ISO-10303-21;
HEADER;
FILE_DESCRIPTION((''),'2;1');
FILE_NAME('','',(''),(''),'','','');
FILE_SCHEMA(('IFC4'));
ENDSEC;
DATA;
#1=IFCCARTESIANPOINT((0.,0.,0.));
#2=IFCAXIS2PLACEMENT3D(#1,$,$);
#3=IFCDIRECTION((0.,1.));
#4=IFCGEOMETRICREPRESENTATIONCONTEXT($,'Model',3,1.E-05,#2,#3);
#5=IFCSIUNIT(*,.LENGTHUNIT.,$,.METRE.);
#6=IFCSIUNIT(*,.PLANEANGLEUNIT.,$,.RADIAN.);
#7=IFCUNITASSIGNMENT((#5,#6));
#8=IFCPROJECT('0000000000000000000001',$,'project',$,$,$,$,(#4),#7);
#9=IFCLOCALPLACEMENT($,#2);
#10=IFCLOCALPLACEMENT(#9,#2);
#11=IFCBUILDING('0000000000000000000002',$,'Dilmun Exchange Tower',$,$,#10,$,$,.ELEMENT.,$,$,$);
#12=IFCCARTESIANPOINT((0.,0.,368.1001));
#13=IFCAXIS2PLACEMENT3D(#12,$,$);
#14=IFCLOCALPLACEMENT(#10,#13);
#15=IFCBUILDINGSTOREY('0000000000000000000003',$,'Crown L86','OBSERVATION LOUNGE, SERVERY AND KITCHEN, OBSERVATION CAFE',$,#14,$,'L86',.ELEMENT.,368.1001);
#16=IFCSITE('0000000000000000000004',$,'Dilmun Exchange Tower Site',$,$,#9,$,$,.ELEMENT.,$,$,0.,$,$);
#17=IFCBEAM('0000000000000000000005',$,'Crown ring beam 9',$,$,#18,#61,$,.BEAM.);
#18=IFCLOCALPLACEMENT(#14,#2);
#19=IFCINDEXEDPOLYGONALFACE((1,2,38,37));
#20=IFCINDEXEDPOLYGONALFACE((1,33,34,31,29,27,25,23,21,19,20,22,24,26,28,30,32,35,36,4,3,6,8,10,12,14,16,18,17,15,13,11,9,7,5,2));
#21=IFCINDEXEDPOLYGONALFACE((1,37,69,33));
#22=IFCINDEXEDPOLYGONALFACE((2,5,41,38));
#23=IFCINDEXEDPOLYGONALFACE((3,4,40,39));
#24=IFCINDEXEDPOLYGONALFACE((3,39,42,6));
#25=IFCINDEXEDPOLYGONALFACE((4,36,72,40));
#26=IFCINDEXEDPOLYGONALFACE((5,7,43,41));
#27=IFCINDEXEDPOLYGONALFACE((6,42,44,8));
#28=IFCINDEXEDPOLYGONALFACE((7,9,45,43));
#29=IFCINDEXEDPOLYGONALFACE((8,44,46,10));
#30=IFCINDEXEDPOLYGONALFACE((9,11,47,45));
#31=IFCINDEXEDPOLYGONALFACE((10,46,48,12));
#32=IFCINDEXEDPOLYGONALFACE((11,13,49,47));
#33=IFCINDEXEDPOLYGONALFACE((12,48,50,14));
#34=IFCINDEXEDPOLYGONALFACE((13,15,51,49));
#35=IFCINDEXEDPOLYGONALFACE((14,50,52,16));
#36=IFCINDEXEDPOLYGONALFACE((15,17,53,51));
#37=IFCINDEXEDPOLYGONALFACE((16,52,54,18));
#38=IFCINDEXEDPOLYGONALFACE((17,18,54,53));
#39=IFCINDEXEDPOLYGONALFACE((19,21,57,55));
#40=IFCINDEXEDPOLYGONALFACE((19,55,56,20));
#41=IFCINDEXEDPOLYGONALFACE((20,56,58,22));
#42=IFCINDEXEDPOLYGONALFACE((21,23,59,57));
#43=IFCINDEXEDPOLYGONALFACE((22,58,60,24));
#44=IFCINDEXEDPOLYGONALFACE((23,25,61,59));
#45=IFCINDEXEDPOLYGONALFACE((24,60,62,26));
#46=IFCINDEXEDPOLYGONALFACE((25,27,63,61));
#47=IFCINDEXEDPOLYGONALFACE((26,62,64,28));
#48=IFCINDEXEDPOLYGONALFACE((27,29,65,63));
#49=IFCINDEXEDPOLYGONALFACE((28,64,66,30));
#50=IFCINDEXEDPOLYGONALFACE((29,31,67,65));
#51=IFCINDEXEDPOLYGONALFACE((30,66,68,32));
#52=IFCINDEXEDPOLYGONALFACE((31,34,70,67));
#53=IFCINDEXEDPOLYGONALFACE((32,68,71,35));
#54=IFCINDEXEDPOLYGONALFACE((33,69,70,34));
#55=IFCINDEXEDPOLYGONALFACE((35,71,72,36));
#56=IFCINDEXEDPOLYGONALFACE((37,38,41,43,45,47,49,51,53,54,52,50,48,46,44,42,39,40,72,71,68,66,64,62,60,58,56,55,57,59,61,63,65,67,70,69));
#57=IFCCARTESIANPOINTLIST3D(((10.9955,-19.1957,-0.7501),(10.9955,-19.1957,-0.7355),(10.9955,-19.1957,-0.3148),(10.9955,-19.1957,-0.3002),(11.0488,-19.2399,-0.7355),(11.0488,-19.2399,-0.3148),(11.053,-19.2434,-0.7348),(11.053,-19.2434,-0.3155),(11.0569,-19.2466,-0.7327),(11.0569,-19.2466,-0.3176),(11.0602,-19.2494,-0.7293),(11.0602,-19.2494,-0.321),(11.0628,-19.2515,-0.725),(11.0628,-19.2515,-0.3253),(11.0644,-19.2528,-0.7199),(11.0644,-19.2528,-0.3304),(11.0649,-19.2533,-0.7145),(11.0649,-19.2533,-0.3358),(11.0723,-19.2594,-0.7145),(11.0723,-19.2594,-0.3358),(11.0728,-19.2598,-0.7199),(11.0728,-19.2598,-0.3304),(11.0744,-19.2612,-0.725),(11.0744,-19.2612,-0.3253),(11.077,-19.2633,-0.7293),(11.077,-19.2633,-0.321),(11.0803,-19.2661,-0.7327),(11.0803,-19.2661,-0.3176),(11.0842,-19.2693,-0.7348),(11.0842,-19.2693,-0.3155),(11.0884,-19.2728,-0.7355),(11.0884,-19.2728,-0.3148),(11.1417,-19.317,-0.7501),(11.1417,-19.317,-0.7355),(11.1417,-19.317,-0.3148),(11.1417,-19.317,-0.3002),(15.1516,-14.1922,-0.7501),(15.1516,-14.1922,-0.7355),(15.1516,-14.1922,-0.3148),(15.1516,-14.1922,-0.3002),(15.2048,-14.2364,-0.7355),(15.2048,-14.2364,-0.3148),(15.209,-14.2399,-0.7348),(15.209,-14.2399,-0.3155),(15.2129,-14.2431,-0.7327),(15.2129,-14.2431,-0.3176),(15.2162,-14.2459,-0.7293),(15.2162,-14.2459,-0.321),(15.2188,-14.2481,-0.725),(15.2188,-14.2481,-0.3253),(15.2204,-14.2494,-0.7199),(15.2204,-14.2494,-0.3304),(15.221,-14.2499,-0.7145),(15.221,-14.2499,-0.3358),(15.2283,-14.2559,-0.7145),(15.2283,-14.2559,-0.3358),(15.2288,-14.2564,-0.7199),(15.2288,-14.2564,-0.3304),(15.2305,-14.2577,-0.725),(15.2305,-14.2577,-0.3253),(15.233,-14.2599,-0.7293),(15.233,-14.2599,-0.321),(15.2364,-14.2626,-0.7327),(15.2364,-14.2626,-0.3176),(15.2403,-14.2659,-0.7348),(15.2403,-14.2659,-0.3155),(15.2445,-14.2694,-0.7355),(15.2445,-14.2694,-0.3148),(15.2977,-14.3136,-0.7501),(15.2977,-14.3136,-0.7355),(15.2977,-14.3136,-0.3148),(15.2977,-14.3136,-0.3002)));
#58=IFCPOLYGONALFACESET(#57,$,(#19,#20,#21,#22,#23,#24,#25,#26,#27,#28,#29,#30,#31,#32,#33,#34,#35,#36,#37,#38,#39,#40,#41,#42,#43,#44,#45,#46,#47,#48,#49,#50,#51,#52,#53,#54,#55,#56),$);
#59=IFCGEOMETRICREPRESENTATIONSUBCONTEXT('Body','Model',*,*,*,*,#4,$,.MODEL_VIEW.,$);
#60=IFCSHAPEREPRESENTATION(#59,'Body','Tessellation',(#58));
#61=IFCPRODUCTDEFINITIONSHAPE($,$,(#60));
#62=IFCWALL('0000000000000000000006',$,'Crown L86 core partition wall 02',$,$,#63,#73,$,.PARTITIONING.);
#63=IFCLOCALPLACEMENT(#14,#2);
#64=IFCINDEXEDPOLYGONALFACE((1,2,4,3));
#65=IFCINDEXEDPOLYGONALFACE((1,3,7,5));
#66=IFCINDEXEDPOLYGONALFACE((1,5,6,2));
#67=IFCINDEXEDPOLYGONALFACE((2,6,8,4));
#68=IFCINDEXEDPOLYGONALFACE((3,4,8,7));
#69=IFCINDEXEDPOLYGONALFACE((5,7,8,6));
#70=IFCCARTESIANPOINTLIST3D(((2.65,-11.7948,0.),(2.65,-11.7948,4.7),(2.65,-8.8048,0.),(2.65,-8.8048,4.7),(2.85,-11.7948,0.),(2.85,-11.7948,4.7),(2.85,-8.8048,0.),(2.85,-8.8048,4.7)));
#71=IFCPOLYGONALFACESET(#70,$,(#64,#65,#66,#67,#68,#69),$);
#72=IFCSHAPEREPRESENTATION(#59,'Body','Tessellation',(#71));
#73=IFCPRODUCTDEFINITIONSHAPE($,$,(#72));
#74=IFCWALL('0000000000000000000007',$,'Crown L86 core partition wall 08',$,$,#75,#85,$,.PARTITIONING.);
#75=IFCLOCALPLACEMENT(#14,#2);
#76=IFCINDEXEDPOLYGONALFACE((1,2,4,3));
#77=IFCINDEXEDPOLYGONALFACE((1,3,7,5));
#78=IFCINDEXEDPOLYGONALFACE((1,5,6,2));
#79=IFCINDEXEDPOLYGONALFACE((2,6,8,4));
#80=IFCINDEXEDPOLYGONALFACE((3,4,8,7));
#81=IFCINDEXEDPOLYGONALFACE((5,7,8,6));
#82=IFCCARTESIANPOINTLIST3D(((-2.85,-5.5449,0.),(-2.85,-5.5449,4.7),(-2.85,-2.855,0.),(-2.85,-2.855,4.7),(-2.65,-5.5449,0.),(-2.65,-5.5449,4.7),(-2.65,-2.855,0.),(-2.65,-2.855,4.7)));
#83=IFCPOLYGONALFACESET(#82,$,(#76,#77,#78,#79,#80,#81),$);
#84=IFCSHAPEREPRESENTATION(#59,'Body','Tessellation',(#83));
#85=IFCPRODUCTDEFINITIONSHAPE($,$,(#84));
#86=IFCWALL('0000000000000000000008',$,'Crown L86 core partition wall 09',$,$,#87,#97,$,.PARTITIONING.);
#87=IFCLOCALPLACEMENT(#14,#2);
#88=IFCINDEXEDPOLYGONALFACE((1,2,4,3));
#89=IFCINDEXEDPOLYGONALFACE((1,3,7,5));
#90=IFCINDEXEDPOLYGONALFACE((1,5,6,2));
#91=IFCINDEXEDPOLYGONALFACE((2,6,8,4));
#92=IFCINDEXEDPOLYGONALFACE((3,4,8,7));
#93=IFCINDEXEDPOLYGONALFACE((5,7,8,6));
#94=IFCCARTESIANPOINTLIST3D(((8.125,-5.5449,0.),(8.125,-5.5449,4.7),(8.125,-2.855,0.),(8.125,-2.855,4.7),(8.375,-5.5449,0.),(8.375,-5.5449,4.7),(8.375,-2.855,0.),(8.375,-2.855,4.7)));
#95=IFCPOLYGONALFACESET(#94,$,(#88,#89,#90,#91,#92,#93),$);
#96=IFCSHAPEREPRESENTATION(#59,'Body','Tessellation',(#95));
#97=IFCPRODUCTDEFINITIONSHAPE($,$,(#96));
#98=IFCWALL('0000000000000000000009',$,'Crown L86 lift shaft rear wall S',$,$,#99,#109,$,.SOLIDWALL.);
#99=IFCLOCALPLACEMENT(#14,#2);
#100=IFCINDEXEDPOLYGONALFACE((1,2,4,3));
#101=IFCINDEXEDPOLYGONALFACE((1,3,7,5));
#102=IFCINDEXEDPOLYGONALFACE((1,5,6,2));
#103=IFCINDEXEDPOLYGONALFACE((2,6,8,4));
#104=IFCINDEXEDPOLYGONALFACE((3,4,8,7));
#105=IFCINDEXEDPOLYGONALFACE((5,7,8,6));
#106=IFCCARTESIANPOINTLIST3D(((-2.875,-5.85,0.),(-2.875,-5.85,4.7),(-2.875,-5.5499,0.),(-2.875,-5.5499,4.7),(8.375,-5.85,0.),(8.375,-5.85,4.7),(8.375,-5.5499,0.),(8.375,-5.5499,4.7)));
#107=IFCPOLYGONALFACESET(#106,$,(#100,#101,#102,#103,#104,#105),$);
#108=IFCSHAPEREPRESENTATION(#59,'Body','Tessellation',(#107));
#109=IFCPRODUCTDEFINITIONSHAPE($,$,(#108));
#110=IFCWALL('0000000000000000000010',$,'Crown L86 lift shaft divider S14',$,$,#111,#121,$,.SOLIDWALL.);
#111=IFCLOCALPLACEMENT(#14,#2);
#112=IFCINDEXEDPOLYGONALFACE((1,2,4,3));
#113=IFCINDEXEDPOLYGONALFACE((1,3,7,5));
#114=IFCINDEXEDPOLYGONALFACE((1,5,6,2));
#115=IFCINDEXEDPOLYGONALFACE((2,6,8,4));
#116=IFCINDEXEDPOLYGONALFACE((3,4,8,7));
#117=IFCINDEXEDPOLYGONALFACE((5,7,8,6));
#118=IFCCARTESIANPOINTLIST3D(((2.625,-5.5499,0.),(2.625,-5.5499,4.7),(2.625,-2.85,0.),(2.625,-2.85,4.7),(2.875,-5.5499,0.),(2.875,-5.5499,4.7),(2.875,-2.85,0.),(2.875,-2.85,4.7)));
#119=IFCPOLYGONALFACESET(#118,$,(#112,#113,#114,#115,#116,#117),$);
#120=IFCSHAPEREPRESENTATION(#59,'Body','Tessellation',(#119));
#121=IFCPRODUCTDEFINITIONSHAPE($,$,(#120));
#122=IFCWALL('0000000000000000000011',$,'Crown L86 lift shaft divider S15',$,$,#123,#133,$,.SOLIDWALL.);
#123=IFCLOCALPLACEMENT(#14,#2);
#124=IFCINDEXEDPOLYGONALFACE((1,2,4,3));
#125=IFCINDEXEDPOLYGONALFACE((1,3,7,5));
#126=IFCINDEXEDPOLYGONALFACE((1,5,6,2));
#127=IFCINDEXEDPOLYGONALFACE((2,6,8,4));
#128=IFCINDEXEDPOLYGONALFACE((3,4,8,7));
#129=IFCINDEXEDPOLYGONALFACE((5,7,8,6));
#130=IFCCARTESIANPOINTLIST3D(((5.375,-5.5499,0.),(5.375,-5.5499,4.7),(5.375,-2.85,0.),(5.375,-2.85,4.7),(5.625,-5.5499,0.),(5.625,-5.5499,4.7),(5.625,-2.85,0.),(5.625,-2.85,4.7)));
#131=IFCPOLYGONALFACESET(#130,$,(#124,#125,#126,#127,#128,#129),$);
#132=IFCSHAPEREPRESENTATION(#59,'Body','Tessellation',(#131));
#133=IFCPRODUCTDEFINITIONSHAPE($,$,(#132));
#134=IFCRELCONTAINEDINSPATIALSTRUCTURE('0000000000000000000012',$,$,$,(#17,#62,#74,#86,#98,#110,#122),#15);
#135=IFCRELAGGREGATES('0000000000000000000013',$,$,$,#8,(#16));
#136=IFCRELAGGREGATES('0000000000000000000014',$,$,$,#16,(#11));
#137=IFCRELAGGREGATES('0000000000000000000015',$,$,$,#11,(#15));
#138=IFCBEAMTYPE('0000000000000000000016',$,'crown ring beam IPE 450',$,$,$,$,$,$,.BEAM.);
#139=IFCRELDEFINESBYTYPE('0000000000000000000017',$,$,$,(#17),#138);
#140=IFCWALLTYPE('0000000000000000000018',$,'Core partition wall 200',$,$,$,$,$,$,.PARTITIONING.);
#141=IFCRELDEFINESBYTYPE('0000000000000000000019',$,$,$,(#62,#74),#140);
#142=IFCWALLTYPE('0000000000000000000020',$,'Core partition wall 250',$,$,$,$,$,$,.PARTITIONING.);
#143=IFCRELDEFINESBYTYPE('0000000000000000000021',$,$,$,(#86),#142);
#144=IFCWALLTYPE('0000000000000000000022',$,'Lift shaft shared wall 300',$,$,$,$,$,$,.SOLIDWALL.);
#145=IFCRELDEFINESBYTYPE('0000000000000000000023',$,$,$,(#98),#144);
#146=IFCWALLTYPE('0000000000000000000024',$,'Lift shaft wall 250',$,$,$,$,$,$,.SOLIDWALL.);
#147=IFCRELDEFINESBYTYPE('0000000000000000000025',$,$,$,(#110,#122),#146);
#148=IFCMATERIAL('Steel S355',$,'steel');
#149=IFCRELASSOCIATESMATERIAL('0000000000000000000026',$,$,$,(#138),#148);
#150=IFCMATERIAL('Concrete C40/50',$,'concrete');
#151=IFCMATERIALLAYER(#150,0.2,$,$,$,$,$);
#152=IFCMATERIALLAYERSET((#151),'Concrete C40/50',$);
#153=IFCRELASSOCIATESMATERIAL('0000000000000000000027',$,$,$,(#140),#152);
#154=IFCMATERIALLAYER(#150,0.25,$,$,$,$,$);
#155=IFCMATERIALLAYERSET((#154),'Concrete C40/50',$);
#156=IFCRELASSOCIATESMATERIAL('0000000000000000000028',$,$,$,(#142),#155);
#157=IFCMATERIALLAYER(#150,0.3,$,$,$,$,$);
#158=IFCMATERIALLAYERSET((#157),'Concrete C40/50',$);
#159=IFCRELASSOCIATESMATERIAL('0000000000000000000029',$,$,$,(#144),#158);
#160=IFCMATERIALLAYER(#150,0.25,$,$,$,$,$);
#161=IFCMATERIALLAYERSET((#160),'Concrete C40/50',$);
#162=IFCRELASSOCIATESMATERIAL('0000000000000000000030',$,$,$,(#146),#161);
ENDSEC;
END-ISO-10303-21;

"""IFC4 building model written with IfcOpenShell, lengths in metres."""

from ifc_helpers import new_model, si_unit, direction, frame, frame_2d, origin, origin_2d, place, context, subcontext, project, spatial, rectangle, i_section, extrude, material, layer, layer_set, material_profile, profile_set, type_object, element, save


model = new_model("IFC4")

# Units and contexts
model_context = context("Model", 3, precision=1e-05, world=origin(), true_north=direction((0.0, 1.0)))
body_context = subcontext(model_context, "Body", "Model", "MODEL_VIEW")
ifc_project = project(units=[si_unit("LENGTHUNIT", "METRE"), si_unit("PLANEANGLEUNIT", "RADIAN")], contexts=[model_context])

# Site, building, storey
site_placement = place(None, origin())
site = spatial("IfcSite", under=ifc_project, at=site_placement, Name="Dilmun Exchange Tower Site", CompositionType="ELEMENT", RefElevation=0.0)
building_placement = place(site_placement, origin())
building = spatial("IfcBuilding", under=site, at=building_placement, Name="Dilmun Exchange Tower", CompositionType="ELEMENT")
storey_placement = place(building_placement, frame((0.0, 0.0, 368.1001)))
storey = spatial("IfcBuildingStorey", under=building, at=storey_placement, Name="Crown L86", Description="OBSERVATION LOUNGE, SERVERY AND KITCHEN, OBSERVATION CAFE", LongName="L86", CompositionType="ELEMENT", Elevation=368.1001)

# Beam
ifc_material_1 = material(Name="Steel S355", Category="steel")
ifc_material_profile_1 = material_profile(ifc_material_1, i_section(OverallWidth=0.1899, OverallDepth=0.45, WebThickness=0.0095, FlangeThickness=0.0146, FilletRadius=0.021, at=origin_2d()), Name="IPE 450")
ifc_profile_set_1 = profile_set([ifc_material_profile_1], Name="Steel S355")
beam_type_1 = type_object("IfcBeamType", Name="crown ring beam IPE 450", PredefinedType="BEAM", material=ifc_profile_set_1)
beam_1_placement = place(storey_placement, frame((11.0686, -19.2563, -0.5251), z_axis=(0.638958, 0.769242, 0.0), x_axis=(-0.769242, 0.638958, 0.0)))
element("IfcBeam", 1, at=beam_1_placement, inside=storey, type_object=beam_type_1, Name="Crown ring beam 9", PredefinedType="BEAM", context=body_context, shape_type="SweptSolid", body=[
    extrude(i_section(OverallWidth=0.1899, OverallDepth=0.45, WebThickness=0.0095, FlangeThickness=0.0146, FilletRadius=0.021, at=origin_2d()), origin(), (0.0, 0.0, 1.0), 6.5044),
])

# Walls
ifc_material_2 = material(Name="Concrete C40/50", Category="concrete")
ifc_layer_1 = layer(ifc_material_2, 0.2)
ifc_layer_set_1 = layer_set([ifc_layer_1], Name="Concrete C40/50")
wall_type_1 = type_object("IfcWallType", Name="Core partition wall 200", PredefinedType="PARTITIONING", material=ifc_layer_set_1)
wall_1_placement = place(storey_placement, frame((2.75, -11.7949, 0.0), z_axis=(0.0, 0.0, 1.0), x_axis=(0.0, 1.0, 0.0)))
element("IfcWall", 2, at=wall_1_placement, inside=storey, type_object=wall_type_1, Name="Crown L86 core partition wall 02", PredefinedType="PARTITIONING", context=body_context, shape_type="SweptSolid", body=[
    extrude(rectangle(XDim=2.99, YDim=0.2, at=frame_2d((1.4951, 0.0))), origin(), (0.0, 0.0, 1.0), 4.7),
])
wall_2_placement = place(storey_placement, frame((-2.75, -5.5449, 0.0), z_axis=(0.0, 0.0, 1.0), x_axis=(0.0, 1.0, 0.0)))
element("IfcWall", 3, at=wall_2_placement, inside=storey, type_object=wall_type_1, Name="Crown L86 core partition wall 08", PredefinedType="PARTITIONING", context=body_context, shape_type="SweptSolid", body=[
    extrude(rectangle(XDim=2.6899, YDim=0.2, at=frame_2d((1.345, 0.0))), origin(), (0.0, 0.0, 1.0), 4.7),
])
ifc_layer_2 = layer(ifc_material_2, 0.25)
ifc_layer_set_2 = layer_set([ifc_layer_2], Name="Concrete C40/50")
wall_type_2 = type_object("IfcWallType", Name="Core partition wall 250", PredefinedType="PARTITIONING", material=ifc_layer_set_2)
wall_3_placement = place(storey_placement, frame((8.25, -5.5449, 0.0), z_axis=(0.0, 0.0, 1.0), x_axis=(0.0, 1.0, 0.0)))
element("IfcWall", 4, at=wall_3_placement, inside=storey, type_object=wall_type_2, Name="Crown L86 core partition wall 09", PredefinedType="PARTITIONING", context=body_context, shape_type="SweptSolid", body=[
    extrude(rectangle(XDim=2.6899, YDim=0.25, at=frame_2d((1.345, 0.0))), origin(), (0.0, 0.0, 1.0), 4.7),
])

# Walls
ifc_layer_3 = layer(ifc_material_2, 0.3)
ifc_layer_set_3 = layer_set([ifc_layer_3], Name="Concrete C40/50")
wall_type_3 = type_object("IfcWallType", Name="Lift shaft shared wall 300", PredefinedType="SOLIDWALL", material=ifc_layer_set_3)
wall_4_placement = place(storey_placement, frame((-2.875, -5.7, 0.0), z_axis=(0.0, 0.0, 1.0), x_axis=(1.0, 0.0, 0.0)))
element("IfcWall", 5, at=wall_4_placement, inside=storey, type_object=wall_type_3, Name="Crown L86 lift shaft rear wall S", PredefinedType="SOLIDWALL", context=body_context, shape_type="SweptSolid", body=[
    extrude(rectangle(XDim=11.25, YDim=0.3, at=frame_2d((5.625, 0.0))), origin(), (0.0, 0.0, 1.0), 4.7),
])
ifc_layer_4 = layer(ifc_material_2, 0.25)
ifc_layer_set_4 = layer_set([ifc_layer_4], Name="Concrete C40/50")
wall_type_4 = type_object("IfcWallType", Name="Lift shaft wall 250", PredefinedType="SOLIDWALL", material=ifc_layer_set_4)
for number, where, z_axis, x_axis, name in (
    (6, (2.75, -5.55, 0.0), (0.0, 0.0, 1.0), (0.0, 1.0, 0.0), "Crown L86 lift shaft divider S14"),
    (7, (5.5, -5.55, 0.0), (0.0, 0.0, 1.0), (0.0, 1.0, 0.0), "Crown L86 lift shaft divider S15"),
):
    element("IfcWall", number, at=place(storey_placement, frame(where, z_axis=z_axis, x_axis=x_axis)), inside=storey, type_object=wall_type_4, Name=name, PredefinedType="SOLIDWALL", context=body_context, shape_type="SweptSolid", body=[
        extrude(rectangle(XDim=2.7, YDim=0.25, at=frame_2d((1.3501, 0.0))), origin(), (0.0, 0.0, 1.0), 4.7),
    ])

save(model, "model.ifc")
